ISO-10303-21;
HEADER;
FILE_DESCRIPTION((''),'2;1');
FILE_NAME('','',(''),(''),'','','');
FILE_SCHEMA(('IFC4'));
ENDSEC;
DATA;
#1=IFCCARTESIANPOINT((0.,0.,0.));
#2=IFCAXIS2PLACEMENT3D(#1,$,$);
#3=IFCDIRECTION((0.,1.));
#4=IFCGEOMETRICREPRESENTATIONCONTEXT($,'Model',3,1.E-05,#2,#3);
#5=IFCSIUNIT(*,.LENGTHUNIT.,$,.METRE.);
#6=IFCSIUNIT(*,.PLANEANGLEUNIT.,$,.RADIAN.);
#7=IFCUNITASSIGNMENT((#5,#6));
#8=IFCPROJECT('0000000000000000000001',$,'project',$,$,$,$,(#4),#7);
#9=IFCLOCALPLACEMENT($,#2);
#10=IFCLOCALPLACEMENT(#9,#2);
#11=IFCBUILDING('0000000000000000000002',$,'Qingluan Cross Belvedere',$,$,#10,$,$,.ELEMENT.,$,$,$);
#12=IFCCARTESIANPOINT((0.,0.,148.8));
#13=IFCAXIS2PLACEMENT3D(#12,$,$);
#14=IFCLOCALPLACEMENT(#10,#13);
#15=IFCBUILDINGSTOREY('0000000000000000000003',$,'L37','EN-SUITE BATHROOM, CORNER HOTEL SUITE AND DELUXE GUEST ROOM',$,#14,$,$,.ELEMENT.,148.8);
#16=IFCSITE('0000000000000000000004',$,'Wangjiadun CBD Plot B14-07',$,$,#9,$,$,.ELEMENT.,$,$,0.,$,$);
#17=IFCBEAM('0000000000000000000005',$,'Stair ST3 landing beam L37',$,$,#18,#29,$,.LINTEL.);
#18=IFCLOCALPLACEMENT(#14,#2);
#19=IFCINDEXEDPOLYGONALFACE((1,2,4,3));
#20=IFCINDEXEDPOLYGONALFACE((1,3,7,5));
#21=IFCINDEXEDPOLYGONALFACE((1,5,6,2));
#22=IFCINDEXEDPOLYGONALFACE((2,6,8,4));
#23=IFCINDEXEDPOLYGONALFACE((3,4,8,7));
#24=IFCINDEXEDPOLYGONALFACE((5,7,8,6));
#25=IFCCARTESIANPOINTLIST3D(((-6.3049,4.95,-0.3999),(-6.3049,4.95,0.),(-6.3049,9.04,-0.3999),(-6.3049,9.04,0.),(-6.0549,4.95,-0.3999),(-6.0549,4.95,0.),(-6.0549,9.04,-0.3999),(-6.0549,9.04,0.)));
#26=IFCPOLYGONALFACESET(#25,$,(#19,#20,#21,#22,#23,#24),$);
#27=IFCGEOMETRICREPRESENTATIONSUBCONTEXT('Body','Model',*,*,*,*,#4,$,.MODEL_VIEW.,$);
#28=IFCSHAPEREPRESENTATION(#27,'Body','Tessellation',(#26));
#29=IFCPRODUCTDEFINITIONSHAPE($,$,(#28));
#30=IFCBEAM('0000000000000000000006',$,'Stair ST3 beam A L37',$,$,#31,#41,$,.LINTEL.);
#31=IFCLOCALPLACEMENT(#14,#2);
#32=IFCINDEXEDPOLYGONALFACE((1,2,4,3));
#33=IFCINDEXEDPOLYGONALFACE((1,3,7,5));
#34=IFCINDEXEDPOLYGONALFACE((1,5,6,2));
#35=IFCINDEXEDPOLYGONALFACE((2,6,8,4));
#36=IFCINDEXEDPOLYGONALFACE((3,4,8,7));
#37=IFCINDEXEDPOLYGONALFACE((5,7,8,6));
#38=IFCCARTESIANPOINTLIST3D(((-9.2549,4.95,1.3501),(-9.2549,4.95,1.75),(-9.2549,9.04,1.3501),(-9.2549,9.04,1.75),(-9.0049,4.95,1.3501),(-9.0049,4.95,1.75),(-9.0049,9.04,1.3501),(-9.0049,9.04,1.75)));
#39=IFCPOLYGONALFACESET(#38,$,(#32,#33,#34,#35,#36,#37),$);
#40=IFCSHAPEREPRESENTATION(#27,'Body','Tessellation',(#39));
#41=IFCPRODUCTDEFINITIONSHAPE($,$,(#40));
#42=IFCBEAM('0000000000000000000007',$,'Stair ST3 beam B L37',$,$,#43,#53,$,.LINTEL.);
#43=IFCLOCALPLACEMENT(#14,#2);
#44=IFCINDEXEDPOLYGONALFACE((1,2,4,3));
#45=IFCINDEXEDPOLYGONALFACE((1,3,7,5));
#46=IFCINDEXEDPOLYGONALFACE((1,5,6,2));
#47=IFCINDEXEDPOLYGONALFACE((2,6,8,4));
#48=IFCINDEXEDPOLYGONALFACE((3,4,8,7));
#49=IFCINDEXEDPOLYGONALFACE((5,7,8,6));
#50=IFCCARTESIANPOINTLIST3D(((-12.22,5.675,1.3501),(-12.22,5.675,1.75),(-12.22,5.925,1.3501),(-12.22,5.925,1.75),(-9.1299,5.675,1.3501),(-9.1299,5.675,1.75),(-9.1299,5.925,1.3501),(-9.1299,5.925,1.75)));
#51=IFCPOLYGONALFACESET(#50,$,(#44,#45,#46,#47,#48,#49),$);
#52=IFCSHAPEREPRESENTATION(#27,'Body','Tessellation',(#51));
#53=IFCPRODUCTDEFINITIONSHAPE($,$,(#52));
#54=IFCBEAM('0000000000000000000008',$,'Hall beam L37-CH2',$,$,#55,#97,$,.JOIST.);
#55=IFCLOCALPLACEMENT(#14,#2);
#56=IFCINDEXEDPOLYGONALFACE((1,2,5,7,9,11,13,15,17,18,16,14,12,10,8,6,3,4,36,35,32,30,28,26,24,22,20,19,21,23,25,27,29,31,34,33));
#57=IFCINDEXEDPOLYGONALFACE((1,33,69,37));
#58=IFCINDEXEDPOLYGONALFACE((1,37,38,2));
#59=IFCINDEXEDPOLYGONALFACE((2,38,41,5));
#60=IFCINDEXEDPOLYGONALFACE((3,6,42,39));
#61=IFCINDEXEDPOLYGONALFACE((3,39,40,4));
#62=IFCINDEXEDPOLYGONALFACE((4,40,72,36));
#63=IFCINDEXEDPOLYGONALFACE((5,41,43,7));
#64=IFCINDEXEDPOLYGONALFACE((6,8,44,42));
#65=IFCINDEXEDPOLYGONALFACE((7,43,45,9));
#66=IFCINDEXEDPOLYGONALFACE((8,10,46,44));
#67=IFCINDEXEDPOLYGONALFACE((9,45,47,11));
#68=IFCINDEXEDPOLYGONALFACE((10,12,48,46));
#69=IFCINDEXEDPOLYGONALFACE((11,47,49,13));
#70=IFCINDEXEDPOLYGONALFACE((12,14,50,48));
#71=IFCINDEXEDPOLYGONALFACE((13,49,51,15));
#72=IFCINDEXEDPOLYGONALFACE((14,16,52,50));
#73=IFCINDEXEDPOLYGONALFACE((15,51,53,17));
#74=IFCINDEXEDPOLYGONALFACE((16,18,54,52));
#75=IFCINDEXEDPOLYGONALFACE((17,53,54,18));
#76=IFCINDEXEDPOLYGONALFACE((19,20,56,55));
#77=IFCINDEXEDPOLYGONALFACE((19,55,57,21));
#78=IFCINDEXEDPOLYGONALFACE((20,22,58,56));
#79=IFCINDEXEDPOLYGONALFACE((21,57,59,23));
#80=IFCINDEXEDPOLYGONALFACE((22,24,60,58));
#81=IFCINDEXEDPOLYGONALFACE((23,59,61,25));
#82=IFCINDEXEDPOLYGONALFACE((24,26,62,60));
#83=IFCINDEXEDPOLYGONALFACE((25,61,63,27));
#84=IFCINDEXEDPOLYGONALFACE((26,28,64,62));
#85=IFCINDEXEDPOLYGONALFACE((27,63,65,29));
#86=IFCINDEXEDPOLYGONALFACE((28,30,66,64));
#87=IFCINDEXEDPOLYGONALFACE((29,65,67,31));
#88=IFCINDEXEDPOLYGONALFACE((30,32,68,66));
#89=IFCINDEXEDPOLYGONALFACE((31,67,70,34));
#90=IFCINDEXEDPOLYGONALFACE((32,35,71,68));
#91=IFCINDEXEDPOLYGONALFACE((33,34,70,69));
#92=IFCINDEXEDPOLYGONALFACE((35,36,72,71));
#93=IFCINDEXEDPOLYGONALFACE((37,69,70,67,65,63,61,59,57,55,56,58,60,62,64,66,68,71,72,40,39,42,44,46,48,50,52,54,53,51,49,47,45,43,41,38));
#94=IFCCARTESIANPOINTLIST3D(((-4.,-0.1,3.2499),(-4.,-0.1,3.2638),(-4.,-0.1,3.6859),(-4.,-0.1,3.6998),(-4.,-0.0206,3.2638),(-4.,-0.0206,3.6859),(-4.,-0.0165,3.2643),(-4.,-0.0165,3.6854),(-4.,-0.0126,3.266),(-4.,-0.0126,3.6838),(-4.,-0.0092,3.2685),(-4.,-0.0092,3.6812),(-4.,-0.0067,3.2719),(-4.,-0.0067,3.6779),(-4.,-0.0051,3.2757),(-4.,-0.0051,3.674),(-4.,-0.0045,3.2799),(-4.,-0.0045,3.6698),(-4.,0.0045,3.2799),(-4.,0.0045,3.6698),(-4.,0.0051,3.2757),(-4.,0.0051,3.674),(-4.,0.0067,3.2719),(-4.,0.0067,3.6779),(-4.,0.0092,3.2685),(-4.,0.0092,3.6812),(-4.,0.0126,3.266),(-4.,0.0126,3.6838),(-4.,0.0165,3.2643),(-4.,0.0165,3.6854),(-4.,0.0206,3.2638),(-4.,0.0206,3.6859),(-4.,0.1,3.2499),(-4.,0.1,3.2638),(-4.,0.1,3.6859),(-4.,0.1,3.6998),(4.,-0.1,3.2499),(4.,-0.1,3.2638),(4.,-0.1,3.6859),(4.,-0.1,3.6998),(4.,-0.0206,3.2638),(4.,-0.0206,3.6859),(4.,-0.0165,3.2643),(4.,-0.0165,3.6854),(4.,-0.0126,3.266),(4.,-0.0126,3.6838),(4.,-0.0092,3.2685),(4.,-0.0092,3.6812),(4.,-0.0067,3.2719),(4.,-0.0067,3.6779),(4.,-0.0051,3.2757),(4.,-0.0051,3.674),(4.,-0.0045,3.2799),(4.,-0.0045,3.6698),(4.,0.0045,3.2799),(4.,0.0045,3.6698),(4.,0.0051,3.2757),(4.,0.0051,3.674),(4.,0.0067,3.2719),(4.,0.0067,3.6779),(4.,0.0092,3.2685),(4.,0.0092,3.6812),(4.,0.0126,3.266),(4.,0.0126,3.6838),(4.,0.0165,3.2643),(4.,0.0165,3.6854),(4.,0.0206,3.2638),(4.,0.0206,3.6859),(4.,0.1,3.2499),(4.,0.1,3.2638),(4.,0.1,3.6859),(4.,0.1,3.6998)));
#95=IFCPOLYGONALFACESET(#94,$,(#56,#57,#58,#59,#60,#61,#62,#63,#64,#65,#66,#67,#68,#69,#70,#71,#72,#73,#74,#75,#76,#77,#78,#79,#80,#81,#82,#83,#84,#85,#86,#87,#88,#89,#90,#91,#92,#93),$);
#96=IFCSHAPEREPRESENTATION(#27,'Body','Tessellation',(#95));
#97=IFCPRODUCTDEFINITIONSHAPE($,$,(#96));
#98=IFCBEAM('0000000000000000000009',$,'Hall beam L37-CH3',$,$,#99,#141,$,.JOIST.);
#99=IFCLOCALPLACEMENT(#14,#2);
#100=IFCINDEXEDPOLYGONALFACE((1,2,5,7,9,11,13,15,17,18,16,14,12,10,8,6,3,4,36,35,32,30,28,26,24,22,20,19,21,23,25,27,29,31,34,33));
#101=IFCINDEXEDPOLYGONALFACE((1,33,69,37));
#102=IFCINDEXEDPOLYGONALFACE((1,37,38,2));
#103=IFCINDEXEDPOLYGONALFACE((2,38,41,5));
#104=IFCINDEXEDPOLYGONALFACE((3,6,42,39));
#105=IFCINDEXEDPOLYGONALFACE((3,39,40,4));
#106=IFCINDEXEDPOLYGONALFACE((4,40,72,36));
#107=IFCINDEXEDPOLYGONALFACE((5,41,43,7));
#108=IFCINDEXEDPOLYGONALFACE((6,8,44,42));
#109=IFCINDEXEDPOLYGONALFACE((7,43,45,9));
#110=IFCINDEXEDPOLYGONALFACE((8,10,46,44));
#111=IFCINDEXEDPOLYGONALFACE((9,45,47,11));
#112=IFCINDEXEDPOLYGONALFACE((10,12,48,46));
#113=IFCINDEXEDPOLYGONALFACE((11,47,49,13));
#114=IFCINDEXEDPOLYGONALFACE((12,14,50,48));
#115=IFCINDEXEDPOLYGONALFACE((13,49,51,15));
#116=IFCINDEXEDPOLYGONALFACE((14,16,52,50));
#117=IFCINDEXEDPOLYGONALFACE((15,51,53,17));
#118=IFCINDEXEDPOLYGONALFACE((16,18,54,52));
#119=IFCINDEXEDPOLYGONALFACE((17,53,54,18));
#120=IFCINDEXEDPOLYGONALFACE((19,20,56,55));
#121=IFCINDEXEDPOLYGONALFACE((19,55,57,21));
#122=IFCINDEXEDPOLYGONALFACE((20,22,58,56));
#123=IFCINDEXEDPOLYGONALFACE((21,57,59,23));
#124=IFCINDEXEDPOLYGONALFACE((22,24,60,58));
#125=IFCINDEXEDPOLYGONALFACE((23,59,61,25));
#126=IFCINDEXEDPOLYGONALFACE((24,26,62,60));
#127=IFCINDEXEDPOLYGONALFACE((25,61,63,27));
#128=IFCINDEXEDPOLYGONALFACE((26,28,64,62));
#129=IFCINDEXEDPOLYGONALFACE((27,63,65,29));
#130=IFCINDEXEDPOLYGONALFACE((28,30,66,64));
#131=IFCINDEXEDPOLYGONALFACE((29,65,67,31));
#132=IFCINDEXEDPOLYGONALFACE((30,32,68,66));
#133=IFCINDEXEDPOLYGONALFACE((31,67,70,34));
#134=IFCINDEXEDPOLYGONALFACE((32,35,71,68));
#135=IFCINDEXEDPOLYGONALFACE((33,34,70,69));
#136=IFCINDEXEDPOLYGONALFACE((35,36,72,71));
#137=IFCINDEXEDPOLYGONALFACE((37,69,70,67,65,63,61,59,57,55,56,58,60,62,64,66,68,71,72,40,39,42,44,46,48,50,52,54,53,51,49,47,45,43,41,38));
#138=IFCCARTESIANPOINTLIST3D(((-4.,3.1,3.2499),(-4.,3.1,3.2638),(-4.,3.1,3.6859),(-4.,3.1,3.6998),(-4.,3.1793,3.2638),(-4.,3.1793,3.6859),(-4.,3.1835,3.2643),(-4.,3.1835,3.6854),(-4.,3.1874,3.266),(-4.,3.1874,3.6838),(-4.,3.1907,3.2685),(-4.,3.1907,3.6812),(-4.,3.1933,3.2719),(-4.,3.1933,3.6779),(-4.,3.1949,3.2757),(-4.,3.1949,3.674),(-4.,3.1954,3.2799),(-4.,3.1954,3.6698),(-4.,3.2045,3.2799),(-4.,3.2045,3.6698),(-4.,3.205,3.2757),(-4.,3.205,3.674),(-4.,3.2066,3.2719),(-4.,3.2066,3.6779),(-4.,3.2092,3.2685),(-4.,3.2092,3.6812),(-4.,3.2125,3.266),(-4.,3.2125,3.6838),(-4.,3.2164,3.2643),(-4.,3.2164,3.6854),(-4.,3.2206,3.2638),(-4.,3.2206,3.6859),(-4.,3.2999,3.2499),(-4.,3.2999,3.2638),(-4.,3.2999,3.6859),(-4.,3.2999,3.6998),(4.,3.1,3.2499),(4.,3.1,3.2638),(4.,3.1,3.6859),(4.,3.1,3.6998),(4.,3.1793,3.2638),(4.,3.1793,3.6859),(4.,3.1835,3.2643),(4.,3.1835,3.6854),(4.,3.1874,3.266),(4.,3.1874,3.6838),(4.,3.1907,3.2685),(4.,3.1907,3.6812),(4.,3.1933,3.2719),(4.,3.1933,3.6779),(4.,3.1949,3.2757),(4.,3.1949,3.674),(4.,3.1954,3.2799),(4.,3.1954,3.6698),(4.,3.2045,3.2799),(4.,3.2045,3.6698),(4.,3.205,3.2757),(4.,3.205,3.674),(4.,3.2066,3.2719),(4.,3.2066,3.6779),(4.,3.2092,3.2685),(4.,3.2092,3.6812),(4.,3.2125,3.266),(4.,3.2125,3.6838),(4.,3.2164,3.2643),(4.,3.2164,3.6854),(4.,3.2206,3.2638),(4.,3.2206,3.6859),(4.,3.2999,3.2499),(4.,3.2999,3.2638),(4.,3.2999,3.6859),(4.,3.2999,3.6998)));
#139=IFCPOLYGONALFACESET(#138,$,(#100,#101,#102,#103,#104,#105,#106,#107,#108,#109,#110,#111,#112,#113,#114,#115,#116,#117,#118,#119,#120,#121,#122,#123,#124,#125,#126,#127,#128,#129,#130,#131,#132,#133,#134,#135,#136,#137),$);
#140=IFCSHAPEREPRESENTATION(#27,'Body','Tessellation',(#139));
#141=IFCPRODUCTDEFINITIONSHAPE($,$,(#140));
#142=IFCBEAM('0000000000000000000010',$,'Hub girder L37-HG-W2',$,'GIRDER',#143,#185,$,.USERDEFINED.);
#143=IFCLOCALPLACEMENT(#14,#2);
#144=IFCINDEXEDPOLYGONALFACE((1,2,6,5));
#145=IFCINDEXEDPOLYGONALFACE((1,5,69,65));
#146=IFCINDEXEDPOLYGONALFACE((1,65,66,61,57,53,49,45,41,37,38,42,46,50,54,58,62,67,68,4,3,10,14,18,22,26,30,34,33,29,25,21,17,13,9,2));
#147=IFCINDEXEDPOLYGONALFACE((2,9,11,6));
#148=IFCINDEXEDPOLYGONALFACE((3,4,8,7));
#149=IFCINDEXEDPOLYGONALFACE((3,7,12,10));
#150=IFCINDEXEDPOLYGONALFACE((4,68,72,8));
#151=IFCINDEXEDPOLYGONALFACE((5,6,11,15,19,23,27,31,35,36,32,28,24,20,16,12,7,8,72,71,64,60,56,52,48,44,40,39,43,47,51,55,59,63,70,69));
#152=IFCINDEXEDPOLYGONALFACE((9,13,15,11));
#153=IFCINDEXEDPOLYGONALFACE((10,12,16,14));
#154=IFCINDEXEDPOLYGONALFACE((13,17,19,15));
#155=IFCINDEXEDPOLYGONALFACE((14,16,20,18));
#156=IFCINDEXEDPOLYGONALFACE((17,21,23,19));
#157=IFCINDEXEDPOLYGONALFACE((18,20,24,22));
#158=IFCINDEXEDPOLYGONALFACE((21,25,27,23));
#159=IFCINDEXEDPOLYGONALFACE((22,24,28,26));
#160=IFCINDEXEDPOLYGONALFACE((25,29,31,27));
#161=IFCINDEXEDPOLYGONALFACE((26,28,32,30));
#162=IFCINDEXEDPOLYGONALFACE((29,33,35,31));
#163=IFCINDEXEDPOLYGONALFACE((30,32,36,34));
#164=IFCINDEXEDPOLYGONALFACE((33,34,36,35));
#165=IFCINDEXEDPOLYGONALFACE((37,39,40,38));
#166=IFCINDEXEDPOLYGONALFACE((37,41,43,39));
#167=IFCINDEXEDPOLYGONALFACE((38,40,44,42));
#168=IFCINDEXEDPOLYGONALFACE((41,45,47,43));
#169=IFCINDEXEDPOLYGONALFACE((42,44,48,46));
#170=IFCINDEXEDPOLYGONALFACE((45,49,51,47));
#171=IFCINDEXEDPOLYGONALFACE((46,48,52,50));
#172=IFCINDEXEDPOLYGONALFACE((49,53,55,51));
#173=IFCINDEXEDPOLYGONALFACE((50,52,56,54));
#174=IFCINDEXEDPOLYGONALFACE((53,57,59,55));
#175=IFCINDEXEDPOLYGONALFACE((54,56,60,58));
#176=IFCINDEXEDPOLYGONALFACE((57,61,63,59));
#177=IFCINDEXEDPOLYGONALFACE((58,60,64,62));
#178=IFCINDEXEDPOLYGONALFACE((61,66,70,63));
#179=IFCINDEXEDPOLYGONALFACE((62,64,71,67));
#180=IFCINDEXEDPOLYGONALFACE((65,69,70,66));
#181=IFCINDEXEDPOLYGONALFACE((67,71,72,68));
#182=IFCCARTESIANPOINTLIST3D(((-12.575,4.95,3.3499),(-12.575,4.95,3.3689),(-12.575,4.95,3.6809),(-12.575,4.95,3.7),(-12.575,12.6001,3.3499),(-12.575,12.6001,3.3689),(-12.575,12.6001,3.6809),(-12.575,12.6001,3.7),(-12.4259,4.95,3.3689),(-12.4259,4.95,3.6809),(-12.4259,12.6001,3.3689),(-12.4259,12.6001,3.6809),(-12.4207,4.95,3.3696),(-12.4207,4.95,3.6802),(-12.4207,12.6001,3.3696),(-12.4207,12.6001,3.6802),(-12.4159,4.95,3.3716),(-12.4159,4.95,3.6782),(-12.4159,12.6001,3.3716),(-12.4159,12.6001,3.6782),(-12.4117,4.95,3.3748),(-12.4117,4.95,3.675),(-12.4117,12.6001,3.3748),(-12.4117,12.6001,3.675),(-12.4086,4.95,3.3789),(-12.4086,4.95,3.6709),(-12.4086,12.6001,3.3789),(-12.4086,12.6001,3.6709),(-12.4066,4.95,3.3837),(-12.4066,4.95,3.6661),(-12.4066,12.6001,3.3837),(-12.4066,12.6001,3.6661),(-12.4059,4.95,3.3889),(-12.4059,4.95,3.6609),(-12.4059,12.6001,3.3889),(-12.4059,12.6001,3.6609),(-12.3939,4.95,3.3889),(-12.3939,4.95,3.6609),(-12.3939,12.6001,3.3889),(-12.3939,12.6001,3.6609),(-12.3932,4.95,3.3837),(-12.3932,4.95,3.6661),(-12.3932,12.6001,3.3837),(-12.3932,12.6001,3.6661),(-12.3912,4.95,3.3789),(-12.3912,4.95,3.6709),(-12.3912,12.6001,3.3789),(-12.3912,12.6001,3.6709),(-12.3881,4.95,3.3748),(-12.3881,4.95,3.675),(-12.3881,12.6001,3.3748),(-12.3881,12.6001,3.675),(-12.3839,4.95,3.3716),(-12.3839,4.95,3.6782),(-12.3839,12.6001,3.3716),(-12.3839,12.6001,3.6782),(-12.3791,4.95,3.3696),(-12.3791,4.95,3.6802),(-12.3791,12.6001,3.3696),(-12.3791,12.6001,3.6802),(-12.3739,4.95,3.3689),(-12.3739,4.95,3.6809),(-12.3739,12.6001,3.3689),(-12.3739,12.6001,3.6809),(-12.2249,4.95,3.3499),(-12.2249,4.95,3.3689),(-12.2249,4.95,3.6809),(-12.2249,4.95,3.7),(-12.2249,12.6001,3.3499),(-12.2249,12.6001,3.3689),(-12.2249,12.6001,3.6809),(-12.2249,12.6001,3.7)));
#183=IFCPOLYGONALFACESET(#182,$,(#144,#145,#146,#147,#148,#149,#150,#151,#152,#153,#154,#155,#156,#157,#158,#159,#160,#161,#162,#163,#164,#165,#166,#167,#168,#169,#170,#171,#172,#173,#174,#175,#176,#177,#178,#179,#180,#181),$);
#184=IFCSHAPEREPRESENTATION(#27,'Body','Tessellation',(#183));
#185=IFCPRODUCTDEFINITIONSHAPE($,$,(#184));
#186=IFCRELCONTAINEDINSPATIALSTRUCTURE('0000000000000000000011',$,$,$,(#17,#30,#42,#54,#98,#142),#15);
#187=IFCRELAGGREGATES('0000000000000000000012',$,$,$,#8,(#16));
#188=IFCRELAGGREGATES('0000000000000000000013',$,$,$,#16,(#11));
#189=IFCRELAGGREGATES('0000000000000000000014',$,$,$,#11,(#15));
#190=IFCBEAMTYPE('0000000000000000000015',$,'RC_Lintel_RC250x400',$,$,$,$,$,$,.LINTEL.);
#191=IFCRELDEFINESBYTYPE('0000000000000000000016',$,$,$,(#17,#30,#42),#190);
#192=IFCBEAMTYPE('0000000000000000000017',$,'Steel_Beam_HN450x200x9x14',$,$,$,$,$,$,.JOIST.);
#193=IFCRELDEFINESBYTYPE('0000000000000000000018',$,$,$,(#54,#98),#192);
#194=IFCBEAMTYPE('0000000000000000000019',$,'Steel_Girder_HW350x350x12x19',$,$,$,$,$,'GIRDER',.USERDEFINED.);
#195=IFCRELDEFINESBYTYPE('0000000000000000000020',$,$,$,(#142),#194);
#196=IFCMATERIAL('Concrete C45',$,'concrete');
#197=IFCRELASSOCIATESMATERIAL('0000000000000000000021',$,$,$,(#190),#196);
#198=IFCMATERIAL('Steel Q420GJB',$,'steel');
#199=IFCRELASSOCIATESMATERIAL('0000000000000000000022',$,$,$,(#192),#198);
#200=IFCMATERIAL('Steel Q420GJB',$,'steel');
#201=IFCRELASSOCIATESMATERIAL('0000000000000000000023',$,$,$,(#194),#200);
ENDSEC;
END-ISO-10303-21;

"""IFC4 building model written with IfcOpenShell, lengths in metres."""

from ifc_helpers import new_model, si_unit, direction, frame, origin, origin_2d, place, context, subcontext, project, spatial, rectangle, i_section, extrude, material, material_profile, profile_set, type_object, element, save


model = new_model("IFC4")

# Units and contexts
model_context = context("Model", 3, precision=1e-05, world=origin(), true_north=direction((0.0, 1.0)))
body_context = subcontext(model_context, "Body", "Model", "MODEL_VIEW")
ifc_project = project(units=[si_unit("LENGTHUNIT", "METRE"), si_unit("PLANEANGLEUNIT", "RADIAN")], contexts=[model_context])

# Site, building, storey
site_placement = place(None, origin())
site = spatial("IfcSite", under=ifc_project, at=site_placement, Name="Wangjiadun CBD Plot B14-07", CompositionType="ELEMENT", RefElevation=0.0)
building_placement = place(site_placement, origin())
building = spatial("IfcBuilding", under=site, at=building_placement, Name="Qingluan Cross Belvedere", CompositionType="ELEMENT")
storey_placement = place(building_placement, frame((0.0, 0.0, 148.8)))
storey = spatial("IfcBuildingStorey", under=building, at=storey_placement, Name="L37", Description="EN-SUITE BATHROOM, CORNER HOTEL SUITE AND DELUXE GUEST ROOM", CompositionType="ELEMENT", Elevation=148.8)

# Beams
ifc_material_1 = material(Name="Concrete C45", Category="concrete")
ifc_material_profile_1 = material_profile(ifc_material_1, rectangle(XDim=0.25, YDim=0.3999, at=origin_2d()), Name="RC250x400")
ifc_profile_set_1 = profile_set([ifc_material_profile_1], Name="Concrete C45")
beam_type_1 = type_object("IfcBeamType", Name="RC_Lintel_RC250x400", PredefinedType="LINTEL", material=ifc_profile_set_1)
for number, where, z_axis, x_axis, name in (
    (1, (-6.1799, 4.95, -0.2), (0.0, 1.0, 0.0), (-1.0, 0.0, 0.0), "Stair ST3 landing beam L37"),
    (2, (-9.1299, 4.95, 1.55), (0.0, 1.0, 0.0), (-1.0, 0.0, 0.0), "Stair ST3 beam A L37"),
):
    element("IfcBeam", number, at=place(storey_placement, frame(where, z_axis=z_axis, x_axis=x_axis)), inside=storey, type_object=beam_type_1, Name=name, PredefinedType="LINTEL", context=body_context, shape_type="SweptSolid", body=[
        extrude(rectangle(XDim=0.25, YDim=0.3999, at=origin_2d()), origin(), (0.0, 0.0, 1.0), 4.0901),
    ])
beam_1_placement = place(storey_placement, frame((-12.22, 5.8, 1.55), z_axis=(1.0, 0.0, 0.0), x_axis=(0.0, 1.0, 0.0)))
element("IfcBeam", 3, at=beam_1_placement, inside=storey, type_object=beam_type_1, Name="Stair ST3 beam B L37", PredefinedType="LINTEL", context=body_context, shape_type="SweptSolid", body=[
    extrude(rectangle(XDim=0.25, YDim=0.3999, at=origin_2d()), origin(), (0.0, 0.0, 1.0), 3.0901),
])
ifc_material_2 = material(Name="Steel Q420GJB", Category="steel")
ifc_material_profile_2 = material_profile(ifc_material_2, i_section(OverallWidth=0.2, OverallDepth=0.45, WebThickness=0.009, FlangeThickness=0.0139, FilletRadius=0.0161, at=origin_2d()), Name="HN450x200x9x14")
ifc_profile_set_2 = profile_set([ifc_material_profile_2], Name="Steel Q420GJB")
beam_type_2 = type_object("IfcBeamType", Name="Steel_Beam_HN450x200x9x14", PredefinedType="JOIST", material=ifc_profile_set_2)
for number, where, z_axis, x_axis, name in (
    (4, (-4.0, 0.0, 3.4749), (1.0, 0.0, 0.0), (0.0, 1.0, 0.0), "Hall beam L37-CH2"),
    (5, (-4.0, 3.2, 3.4749), (1.0, 0.0, 0.0), (0.0, 1.0, 0.0), "Hall beam L37-CH3"),
):
    element("IfcBeam", number, at=place(storey_placement, frame(where, z_axis=z_axis, x_axis=x_axis)), inside=storey, type_object=beam_type_2, Name=name, PredefinedType="JOIST", context=body_context, shape_type="SweptSolid", body=[
        extrude(i_section(OverallWidth=0.2, OverallDepth=0.45, WebThickness=0.009, FlangeThickness=0.0139, FilletRadius=0.0161, at=origin_2d()), origin(), (0.0, 0.0, 1.0), 8.0),
    ])
ifc_material_3 = material(Name="Steel Q420GJB", Category="steel")
ifc_material_profile_3 = material_profile(ifc_material_3, i_section(OverallWidth=0.3501, OverallDepth=0.3501, WebThickness=0.012, FlangeThickness=0.019, FilletRadius=0.02, at=origin_2d()), Name="HW350x350x12x19")
ifc_profile_set_3 = profile_set([ifc_material_profile_3], Name="Steel Q420GJB")
beam_type_3 = type_object("IfcBeamType", Name="Steel_Girder_HW350x350x12x19", ElementType="GIRDER", PredefinedType="USERDEFINED", material=ifc_profile_set_3)
beam_2_placement = place(storey_placement, frame((-12.3999, 4.95, 3.5249), z_axis=(0.0, 1.0, 0.0), x_axis=(-1.0, 0.0, 0.0)))
element("IfcBeam", 6, at=beam_2_placement, inside=storey, type_object=beam_type_3, Name="Hub girder L37-HG-W2", ObjectType="GIRDER", PredefinedType="USERDEFINED", context=body_context, shape_type="SweptSolid", body=[
    extrude(i_section(OverallWidth=0.3501, OverallDepth=0.3501, WebThickness=0.012, FlangeThickness=0.019, FilletRadius=0.02, at=origin_2d()), origin(), (0.0, 0.0, 1.0), 7.6501),
])

save(model, "model.ifc")
